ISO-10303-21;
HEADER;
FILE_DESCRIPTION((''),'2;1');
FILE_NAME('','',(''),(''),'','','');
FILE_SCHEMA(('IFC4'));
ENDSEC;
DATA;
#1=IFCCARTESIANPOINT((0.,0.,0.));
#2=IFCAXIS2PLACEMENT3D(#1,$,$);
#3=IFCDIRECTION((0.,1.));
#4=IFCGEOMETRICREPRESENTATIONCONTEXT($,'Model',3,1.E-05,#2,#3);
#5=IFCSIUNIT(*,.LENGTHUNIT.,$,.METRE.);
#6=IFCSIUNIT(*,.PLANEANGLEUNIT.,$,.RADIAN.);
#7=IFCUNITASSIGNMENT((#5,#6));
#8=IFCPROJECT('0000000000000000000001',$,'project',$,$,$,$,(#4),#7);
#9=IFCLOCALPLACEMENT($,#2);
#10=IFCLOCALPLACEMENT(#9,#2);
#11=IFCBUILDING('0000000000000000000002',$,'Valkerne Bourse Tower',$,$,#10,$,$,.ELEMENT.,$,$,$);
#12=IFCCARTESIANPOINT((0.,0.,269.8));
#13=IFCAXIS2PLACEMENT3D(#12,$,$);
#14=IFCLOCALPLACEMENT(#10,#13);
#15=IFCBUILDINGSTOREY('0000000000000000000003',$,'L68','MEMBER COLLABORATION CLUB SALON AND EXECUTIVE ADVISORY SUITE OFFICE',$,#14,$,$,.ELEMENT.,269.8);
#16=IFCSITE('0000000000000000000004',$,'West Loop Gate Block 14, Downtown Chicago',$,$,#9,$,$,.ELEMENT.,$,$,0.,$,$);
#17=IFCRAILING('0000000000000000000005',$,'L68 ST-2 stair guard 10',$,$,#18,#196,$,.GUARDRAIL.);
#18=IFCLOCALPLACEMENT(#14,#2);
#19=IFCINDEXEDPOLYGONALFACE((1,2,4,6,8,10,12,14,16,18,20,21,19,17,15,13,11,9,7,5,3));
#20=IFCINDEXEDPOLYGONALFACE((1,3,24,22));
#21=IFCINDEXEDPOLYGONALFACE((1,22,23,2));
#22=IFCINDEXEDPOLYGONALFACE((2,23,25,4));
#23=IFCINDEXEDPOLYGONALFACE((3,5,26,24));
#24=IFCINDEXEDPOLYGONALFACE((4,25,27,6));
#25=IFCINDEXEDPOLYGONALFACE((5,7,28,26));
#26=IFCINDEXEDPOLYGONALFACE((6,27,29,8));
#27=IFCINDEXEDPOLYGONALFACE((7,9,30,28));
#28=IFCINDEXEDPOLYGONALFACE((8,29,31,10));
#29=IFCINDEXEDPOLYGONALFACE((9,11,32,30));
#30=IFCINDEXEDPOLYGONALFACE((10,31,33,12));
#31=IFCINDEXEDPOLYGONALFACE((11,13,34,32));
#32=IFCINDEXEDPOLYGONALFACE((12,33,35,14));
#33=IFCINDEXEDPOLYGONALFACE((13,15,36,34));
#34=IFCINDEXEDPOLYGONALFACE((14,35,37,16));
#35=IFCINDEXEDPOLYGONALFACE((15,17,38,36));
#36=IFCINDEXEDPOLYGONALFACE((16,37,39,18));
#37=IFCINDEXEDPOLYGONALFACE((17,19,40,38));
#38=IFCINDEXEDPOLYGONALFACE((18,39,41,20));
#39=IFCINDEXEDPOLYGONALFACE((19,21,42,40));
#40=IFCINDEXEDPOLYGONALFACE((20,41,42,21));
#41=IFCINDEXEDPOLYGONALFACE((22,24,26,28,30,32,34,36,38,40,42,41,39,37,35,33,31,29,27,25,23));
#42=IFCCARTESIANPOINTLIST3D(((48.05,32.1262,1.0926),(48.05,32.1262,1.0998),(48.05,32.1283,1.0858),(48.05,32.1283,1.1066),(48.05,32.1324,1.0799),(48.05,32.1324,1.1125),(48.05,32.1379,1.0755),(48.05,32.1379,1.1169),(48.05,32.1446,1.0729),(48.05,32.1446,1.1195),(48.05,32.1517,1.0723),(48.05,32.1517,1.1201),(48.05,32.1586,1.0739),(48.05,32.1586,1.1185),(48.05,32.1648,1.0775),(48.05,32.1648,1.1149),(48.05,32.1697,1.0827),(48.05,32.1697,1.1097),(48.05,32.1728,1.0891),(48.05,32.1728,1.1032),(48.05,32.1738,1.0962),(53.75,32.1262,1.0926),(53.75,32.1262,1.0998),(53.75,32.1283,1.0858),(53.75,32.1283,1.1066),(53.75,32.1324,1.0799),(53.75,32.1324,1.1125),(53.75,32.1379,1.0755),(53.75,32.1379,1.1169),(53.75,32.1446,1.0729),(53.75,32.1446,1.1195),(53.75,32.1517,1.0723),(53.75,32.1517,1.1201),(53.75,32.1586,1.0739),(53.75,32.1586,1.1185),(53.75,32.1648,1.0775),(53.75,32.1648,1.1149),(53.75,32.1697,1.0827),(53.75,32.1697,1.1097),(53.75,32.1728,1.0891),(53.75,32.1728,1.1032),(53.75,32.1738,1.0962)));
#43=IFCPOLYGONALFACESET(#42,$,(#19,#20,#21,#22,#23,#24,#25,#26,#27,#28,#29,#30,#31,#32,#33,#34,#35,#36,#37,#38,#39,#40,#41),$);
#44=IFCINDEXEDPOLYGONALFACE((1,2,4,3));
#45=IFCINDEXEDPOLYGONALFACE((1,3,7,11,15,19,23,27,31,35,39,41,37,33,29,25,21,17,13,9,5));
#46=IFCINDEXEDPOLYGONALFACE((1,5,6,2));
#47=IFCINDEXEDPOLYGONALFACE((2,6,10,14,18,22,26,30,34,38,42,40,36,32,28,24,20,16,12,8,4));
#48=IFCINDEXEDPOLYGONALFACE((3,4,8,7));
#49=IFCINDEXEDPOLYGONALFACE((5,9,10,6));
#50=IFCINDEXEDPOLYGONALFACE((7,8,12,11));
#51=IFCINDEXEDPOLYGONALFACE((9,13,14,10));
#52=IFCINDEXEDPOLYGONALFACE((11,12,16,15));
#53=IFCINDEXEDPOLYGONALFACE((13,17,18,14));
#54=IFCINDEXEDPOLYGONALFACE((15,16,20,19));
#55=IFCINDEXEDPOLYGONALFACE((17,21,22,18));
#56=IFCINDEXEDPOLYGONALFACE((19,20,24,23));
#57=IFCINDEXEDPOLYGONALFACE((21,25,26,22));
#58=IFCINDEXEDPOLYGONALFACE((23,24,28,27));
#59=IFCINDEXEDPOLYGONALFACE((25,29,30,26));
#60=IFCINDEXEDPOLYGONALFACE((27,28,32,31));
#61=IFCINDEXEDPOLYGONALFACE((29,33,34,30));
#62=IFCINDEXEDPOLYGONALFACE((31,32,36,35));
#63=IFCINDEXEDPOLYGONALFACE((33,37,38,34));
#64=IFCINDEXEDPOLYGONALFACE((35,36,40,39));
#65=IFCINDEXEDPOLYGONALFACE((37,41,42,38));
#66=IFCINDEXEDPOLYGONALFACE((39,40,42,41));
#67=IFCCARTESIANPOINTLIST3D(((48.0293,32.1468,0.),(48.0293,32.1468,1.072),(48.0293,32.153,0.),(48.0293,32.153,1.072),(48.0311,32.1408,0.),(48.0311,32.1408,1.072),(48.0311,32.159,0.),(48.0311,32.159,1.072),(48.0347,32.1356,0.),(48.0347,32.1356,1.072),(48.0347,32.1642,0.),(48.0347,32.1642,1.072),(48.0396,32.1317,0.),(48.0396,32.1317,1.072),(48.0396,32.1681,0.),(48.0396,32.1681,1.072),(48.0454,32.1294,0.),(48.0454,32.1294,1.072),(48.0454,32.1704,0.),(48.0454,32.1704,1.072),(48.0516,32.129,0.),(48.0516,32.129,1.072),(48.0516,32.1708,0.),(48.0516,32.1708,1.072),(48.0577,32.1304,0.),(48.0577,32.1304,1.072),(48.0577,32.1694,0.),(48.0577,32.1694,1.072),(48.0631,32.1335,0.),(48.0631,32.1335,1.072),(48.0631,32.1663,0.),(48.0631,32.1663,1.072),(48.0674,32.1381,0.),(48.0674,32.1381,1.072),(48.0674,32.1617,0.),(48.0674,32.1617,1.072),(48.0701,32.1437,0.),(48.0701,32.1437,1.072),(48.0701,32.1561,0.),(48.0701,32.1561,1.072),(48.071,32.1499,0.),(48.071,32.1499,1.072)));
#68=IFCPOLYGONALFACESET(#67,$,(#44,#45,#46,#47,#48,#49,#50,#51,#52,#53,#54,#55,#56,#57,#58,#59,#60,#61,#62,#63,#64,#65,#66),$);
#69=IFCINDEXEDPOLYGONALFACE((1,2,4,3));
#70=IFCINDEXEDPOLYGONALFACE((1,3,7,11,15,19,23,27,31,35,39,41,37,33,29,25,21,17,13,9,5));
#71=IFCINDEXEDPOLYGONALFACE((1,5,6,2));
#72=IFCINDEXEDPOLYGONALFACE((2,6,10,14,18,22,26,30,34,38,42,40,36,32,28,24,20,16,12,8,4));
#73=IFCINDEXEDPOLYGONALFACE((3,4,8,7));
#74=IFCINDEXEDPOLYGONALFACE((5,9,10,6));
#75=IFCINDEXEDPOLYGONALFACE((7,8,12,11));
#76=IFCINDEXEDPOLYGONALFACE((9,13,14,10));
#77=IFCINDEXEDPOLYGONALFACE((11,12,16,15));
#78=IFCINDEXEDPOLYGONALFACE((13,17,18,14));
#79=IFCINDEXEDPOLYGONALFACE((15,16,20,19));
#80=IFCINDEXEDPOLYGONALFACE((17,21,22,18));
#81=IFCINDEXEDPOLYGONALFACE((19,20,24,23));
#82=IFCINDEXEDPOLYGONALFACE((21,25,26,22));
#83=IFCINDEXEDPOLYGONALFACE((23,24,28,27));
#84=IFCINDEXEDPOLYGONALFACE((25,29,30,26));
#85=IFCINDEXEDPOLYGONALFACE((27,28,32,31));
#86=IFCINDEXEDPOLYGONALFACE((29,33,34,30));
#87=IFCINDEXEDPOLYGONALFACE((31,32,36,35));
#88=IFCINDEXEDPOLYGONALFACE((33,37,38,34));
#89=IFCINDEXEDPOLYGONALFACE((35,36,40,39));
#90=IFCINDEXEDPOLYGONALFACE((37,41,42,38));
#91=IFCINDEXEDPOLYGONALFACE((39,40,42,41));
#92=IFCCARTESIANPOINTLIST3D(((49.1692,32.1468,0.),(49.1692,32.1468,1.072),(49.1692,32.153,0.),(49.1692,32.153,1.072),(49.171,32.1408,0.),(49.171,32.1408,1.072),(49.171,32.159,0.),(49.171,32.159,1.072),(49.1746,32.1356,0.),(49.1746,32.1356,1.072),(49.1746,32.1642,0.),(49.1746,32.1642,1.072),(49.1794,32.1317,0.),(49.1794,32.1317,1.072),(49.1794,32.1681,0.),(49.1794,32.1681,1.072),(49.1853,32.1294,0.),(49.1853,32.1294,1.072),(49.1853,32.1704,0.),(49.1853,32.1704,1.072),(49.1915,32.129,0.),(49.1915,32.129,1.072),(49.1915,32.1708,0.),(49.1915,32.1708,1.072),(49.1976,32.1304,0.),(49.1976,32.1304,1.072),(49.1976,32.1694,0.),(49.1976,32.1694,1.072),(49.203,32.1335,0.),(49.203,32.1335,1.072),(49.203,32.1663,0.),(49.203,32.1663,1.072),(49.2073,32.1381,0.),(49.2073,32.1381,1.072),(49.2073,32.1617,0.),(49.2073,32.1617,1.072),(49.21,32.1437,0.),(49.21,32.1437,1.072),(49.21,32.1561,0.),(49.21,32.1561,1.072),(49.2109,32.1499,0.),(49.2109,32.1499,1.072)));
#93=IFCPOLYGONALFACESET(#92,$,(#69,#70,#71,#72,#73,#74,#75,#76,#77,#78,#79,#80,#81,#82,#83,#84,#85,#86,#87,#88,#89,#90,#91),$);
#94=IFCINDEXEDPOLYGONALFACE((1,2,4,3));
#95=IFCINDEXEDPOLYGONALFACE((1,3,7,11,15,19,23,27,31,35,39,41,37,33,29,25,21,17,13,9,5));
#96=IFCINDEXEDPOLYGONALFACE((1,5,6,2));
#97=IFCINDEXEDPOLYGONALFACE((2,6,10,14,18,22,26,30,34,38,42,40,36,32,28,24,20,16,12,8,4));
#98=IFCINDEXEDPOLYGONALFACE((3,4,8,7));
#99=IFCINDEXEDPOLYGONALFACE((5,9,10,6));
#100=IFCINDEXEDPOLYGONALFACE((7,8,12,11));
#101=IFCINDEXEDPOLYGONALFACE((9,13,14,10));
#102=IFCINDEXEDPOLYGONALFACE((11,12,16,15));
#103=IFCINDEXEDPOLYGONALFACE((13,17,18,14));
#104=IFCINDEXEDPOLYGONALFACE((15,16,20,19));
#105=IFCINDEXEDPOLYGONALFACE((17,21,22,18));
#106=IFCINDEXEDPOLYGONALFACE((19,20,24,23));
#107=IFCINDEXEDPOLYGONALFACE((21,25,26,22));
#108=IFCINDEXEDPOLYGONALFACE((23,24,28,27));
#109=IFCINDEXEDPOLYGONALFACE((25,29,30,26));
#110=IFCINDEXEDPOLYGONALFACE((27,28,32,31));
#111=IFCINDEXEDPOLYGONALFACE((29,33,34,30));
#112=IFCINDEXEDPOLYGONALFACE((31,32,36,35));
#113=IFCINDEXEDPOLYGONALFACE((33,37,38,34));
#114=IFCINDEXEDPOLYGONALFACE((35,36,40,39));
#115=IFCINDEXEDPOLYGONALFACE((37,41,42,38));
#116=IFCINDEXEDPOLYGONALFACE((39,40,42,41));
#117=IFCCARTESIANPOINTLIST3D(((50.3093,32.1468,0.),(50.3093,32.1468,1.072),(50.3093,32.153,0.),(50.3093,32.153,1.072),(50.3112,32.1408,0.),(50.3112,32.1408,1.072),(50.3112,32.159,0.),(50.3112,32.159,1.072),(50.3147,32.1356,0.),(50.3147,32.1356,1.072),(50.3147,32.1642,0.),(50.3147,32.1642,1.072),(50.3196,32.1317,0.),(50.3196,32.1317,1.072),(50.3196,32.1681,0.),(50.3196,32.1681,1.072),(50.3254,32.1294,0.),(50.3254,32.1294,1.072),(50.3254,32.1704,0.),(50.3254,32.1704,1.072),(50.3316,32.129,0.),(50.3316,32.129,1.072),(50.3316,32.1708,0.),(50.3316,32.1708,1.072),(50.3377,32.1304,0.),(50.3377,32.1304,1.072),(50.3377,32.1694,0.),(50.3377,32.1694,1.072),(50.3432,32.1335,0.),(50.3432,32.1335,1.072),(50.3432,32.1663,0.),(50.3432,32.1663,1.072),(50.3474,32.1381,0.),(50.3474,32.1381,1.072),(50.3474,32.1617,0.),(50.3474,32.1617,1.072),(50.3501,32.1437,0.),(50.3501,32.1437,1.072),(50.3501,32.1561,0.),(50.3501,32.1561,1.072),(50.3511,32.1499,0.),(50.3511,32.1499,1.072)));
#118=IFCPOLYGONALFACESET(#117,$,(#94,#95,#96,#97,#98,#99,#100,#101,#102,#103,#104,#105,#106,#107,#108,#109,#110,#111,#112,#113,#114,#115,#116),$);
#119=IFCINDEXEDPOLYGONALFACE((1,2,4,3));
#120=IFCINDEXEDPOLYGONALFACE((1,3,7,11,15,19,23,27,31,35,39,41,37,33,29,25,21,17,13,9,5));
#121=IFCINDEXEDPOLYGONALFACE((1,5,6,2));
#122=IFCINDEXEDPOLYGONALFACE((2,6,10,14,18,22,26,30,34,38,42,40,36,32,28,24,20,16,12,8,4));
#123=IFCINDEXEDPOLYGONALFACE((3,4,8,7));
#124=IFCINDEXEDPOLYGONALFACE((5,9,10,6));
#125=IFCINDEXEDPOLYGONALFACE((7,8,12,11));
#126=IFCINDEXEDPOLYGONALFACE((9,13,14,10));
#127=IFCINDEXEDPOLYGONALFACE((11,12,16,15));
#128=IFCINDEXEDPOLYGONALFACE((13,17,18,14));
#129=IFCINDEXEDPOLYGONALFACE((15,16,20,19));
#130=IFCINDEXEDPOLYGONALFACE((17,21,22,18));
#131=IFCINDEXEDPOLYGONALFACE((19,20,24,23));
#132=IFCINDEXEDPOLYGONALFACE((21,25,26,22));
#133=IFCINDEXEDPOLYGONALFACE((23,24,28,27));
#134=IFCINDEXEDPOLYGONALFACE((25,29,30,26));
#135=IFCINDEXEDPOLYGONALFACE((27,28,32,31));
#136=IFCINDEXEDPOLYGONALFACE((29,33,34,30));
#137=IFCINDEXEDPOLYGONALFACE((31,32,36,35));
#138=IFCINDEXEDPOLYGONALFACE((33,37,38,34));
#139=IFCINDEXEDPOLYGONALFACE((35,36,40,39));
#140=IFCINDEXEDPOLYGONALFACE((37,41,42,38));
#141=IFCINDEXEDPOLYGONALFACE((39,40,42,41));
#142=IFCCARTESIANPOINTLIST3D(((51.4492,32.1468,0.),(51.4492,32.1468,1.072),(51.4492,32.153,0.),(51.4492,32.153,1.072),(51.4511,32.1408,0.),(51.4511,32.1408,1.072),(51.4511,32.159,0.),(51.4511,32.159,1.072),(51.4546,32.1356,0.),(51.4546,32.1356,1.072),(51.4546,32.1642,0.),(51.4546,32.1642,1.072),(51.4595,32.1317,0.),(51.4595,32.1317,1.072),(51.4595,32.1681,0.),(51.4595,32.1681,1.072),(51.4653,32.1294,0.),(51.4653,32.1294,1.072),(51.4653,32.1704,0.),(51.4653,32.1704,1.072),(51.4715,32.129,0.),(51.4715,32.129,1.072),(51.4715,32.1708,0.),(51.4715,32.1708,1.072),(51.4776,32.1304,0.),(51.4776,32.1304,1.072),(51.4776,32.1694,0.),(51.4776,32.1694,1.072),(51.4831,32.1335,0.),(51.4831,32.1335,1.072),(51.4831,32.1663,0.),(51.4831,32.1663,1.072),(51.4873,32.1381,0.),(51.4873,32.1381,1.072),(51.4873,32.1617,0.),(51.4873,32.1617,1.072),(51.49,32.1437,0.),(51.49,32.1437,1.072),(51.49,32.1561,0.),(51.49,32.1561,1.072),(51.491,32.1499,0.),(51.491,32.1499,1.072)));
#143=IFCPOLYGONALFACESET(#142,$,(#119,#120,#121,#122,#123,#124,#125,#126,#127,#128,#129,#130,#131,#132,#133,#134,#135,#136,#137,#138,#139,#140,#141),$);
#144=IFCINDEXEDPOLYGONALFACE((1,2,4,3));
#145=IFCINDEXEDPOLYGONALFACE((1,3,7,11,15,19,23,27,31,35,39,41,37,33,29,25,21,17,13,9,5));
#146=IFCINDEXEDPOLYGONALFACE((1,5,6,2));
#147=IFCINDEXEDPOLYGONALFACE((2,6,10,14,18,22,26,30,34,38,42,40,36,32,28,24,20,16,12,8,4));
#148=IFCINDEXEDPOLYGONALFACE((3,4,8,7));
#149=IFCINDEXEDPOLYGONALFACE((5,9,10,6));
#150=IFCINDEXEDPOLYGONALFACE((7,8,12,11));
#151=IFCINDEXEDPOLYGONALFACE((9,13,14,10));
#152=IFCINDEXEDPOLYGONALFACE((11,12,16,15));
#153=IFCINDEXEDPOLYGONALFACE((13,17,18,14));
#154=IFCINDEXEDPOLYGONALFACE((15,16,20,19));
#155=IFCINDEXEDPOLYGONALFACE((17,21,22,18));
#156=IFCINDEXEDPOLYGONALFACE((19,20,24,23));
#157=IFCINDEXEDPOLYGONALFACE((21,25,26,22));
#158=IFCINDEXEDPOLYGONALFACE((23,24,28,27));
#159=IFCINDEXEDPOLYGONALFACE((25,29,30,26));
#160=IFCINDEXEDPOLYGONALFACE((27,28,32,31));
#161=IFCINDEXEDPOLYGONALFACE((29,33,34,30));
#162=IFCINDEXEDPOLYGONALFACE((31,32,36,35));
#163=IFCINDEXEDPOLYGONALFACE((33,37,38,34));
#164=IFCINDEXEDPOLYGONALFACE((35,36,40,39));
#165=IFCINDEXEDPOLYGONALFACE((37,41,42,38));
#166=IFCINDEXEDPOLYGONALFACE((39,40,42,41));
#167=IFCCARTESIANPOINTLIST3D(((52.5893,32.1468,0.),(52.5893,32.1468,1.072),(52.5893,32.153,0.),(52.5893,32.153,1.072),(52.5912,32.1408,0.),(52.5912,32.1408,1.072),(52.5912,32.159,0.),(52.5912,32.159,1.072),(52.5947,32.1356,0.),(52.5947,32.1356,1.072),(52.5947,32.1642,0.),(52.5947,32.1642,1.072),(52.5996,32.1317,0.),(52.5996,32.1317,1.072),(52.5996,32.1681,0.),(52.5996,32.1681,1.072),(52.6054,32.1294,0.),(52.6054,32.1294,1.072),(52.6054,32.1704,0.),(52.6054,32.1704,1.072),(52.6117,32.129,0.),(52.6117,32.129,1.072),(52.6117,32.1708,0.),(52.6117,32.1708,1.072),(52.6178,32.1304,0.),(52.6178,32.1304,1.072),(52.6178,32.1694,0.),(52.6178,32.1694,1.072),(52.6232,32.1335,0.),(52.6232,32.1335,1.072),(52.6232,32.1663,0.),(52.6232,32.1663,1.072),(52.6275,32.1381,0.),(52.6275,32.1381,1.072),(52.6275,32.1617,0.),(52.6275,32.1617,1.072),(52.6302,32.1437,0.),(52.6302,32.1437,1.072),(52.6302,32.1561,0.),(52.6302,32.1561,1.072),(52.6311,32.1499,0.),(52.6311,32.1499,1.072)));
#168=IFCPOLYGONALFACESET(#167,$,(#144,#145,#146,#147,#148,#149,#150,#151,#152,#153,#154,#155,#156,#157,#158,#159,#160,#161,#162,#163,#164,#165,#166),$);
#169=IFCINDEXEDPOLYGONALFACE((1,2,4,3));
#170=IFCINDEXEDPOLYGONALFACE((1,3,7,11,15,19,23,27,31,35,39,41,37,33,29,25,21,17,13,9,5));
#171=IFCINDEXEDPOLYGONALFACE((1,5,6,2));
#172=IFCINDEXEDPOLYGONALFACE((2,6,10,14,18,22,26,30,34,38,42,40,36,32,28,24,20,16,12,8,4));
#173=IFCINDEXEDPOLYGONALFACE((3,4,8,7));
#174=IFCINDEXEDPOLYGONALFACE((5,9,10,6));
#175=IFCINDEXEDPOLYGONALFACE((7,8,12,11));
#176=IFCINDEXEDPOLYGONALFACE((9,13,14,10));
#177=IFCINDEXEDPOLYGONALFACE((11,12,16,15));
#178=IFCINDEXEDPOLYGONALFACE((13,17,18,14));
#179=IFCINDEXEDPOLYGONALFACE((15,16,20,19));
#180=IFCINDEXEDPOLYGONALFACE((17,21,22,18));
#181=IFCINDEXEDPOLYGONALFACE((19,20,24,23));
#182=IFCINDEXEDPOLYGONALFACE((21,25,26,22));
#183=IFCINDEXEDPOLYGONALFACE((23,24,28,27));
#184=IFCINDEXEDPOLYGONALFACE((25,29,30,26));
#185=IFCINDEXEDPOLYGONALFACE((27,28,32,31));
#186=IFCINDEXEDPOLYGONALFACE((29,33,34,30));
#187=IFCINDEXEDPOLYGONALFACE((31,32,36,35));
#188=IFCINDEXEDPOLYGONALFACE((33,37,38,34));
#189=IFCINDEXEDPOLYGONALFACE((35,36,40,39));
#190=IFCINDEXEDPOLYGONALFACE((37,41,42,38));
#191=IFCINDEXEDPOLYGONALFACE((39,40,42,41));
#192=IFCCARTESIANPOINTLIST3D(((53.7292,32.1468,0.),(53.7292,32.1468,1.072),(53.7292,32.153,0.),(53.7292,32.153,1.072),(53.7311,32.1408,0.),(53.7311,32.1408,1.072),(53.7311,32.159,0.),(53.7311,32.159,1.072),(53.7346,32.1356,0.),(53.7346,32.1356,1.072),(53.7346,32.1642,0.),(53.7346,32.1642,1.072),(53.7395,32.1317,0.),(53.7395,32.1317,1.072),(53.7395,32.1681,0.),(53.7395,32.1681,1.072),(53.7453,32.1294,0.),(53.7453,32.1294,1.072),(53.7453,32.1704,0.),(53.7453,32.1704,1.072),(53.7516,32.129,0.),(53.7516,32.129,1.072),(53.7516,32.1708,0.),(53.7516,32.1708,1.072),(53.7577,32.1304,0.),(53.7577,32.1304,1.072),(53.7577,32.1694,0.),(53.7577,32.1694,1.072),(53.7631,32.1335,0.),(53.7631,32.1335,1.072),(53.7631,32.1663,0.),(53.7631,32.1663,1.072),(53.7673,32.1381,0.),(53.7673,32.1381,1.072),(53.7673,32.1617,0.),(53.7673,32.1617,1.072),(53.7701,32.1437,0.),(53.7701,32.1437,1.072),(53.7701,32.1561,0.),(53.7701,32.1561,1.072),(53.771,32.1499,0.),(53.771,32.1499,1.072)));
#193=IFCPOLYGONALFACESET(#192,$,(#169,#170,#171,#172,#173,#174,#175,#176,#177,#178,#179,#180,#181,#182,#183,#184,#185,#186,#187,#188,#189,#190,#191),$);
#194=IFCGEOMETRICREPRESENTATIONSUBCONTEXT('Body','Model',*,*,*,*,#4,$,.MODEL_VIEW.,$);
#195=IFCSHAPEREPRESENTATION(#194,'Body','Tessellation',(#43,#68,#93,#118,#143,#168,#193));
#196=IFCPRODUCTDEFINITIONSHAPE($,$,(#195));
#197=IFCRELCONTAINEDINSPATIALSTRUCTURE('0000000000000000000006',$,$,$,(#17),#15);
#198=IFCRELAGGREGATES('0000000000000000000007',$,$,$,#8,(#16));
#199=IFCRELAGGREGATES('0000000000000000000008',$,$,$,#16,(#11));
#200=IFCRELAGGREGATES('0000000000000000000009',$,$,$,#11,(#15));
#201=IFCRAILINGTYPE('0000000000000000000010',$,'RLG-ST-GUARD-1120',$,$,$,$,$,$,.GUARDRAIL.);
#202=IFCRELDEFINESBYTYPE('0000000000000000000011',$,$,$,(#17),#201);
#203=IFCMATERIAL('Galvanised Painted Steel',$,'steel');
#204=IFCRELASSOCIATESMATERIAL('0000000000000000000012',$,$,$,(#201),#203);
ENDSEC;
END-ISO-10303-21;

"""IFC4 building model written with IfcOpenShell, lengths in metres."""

from ifc_helpers import new_model, si_unit, direction, frame, origin, origin_2d, place, context, subcontext, project, spatial, circle, extrude, material, type_object, element, save


model = new_model("IFC4")

# Units and contexts
model_context = context("Model", 3, precision=1e-05, world=origin(), true_north=direction((0.0, 1.0)))
body_context = subcontext(model_context, "Body", "Model", "MODEL_VIEW")
ifc_project = project(units=[si_unit("LENGTHUNIT", "METRE"), si_unit("PLANEANGLEUNIT", "RADIAN")], contexts=[model_context])

# Site, building, storey
site_placement = place(None, origin())
site = spatial("IfcSite", under=ifc_project, at=site_placement, Name="West Loop Gate Block 14, Downtown Chicago", CompositionType="ELEMENT", RefElevation=0.0)
building_placement = place(site_placement, origin())
building = spatial("IfcBuilding", under=site, at=building_placement, Name="Valkerne Bourse Tower", CompositionType="ELEMENT")
storey_placement = place(building_placement, frame((0.0, 0.0, 269.8)))
storey = spatial("IfcBuildingStorey", under=building, at=storey_placement, Name="L68", Description="MEMBER COLLABORATION CLUB SALON AND EXECUTIVE ADVISORY SUITE OFFICE", CompositionType="ELEMENT", Elevation=269.8)

# Shared definitions
ifc_material_1 = material(Name="Galvanised Painted Steel", Category="steel")

# Railing
railing_type_1 = type_object("IfcRailingType", Name="RLG-ST-GUARD-1120", PredefinedType="GUARDRAIL", material=ifc_material_1)
for number, where, name in (
    (1, (48.05, 32.1499, 0.0), "L68 ST-2 stair guard 10"),
):
    element("IfcRailing", number, at=place(storey_placement, frame(where)), inside=storey, type_object=railing_type_1, Name=name, PredefinedType="GUARDRAIL", context=body_context, shape_type="SweptSolid", body=[
        extrude(circle(Radius=0.0239, at=origin_2d()), frame((0.0, 0.0, 1.0962), z_axis=(1.0, 0.0, 0.0), x_axis=(0.0, 1.0, 0.0)), (0.0, 0.0, 1.0), 5.7),
        extrude(circle(Radius=0.021, at=origin_2d()), origin(), (0.0, 0.0, 1.0), 1.072),
        extrude(circle(Radius=0.021, at=origin_2d()), frame((1.1399, 0.0, 0.0)), (0.0, 0.0, 1.0), 1.072),
        extrude(circle(Radius=0.021, at=origin_2d()), frame((2.28, 0.0, 0.0)), (0.0, 0.0, 1.0), 1.072),
        extrude(circle(Radius=0.021, at=origin_2d()), frame((3.4199, 0.0, 0.0)), (0.0, 0.0, 1.0), 1.072),
        extrude(circle(Radius=0.021, at=origin_2d()), frame((4.5601, 0.0, 0.0)), (0.0, 0.0, 1.0), 1.072),
        extrude(circle(Radius=0.021, at=origin_2d()), frame((5.7, 0.0, 0.0)), (0.0, 0.0, 1.0), 1.072),
    ])

save(model, "model.ifc")
